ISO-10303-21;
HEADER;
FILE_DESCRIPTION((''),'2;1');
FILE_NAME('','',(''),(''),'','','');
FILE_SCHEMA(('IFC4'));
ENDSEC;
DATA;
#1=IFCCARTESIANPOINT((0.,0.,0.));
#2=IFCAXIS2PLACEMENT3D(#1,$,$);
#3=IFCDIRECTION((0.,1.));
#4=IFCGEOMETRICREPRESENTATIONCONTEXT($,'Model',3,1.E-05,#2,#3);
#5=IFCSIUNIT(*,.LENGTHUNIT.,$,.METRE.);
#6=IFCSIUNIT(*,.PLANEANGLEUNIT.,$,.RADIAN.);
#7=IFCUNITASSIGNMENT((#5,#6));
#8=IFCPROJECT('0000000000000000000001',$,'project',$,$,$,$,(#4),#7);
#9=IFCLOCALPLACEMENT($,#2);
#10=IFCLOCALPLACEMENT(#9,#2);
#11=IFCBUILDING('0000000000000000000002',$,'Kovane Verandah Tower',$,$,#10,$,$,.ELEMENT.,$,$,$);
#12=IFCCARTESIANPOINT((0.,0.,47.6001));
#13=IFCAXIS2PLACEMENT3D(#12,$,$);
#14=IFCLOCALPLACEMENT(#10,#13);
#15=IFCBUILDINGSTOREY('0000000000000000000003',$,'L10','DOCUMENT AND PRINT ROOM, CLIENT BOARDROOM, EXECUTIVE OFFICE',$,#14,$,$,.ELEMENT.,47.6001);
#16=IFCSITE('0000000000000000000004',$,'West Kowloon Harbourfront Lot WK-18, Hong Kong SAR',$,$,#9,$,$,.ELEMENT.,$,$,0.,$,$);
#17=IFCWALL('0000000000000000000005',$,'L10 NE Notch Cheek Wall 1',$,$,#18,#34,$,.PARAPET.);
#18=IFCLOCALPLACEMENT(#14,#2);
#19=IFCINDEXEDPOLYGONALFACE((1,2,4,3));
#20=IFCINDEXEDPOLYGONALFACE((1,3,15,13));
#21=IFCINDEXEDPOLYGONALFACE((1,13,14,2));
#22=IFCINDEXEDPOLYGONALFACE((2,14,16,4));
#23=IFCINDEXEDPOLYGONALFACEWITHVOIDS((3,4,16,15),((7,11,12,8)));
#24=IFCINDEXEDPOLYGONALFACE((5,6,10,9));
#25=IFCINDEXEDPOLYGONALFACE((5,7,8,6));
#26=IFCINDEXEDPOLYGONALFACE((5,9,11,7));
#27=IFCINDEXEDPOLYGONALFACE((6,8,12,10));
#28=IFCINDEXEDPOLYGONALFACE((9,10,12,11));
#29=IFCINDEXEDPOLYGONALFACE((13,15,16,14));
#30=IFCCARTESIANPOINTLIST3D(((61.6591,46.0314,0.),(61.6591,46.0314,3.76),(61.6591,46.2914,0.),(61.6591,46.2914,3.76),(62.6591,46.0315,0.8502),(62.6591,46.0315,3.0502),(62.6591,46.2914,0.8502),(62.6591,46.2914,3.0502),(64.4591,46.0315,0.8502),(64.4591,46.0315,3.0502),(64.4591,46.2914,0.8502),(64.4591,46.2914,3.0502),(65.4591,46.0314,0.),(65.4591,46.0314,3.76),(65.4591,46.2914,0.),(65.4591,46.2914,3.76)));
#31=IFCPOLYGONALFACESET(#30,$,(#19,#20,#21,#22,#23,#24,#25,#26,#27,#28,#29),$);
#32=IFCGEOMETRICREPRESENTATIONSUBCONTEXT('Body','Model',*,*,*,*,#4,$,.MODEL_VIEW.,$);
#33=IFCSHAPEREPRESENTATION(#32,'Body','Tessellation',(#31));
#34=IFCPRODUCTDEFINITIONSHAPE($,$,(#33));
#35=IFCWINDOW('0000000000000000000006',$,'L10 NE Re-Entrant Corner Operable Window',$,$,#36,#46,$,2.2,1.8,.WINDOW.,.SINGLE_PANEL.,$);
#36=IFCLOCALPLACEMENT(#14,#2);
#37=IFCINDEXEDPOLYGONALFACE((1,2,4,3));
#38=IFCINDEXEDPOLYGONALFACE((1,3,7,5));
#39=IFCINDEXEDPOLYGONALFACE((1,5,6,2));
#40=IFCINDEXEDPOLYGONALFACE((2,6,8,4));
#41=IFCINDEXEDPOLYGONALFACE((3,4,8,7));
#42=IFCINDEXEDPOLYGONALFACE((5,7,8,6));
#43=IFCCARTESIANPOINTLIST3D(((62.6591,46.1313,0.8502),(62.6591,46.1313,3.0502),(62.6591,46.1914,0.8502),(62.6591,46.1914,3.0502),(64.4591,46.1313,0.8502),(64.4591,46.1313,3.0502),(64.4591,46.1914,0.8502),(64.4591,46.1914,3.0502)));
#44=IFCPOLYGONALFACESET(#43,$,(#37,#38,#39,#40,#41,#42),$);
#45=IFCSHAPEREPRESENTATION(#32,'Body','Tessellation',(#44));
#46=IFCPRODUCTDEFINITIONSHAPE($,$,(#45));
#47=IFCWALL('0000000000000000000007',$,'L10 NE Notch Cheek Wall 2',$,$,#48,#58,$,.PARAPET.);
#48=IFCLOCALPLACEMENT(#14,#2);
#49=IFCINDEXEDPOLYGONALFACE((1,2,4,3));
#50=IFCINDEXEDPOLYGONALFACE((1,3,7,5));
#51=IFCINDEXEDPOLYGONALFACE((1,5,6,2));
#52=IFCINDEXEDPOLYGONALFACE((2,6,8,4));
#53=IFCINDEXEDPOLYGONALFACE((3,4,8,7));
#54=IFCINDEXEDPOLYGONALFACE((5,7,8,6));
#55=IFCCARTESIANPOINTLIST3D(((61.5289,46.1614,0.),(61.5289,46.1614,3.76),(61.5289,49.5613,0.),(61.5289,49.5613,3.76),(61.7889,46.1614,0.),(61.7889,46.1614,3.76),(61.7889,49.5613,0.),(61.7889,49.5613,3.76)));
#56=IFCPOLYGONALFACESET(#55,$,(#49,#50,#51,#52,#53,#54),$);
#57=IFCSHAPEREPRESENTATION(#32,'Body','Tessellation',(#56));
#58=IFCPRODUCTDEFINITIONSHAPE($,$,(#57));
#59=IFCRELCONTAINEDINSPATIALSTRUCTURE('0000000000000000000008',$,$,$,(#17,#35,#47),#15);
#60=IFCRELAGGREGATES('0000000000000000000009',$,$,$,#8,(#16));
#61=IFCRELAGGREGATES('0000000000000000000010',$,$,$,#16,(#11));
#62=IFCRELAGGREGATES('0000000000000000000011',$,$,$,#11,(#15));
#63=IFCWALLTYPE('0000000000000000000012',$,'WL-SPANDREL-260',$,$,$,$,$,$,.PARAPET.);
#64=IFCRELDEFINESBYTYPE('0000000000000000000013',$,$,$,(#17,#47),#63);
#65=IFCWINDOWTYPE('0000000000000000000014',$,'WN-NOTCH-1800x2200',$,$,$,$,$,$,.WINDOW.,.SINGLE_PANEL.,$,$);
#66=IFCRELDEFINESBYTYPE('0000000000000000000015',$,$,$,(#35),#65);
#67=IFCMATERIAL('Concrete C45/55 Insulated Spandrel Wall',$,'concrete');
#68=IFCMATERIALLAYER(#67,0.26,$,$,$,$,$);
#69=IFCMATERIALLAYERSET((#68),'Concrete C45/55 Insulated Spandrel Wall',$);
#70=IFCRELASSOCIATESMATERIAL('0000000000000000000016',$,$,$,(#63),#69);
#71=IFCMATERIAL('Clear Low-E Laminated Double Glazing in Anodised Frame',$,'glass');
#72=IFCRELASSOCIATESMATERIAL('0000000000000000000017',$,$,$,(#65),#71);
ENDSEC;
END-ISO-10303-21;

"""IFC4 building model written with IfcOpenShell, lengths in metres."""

from ifc_helpers import new_model, si_unit, direction, frame, frame_2d, origin, place, context, subcontext, project, spatial, rectangle, extrude, material, layer, layer_set, type_object, element, fill, save


model = new_model("IFC4")

# Units and contexts
model_context = context("Model", 3, precision=1e-05, world=origin(), true_north=direction((0.0, 1.0)))
body_context = subcontext(model_context, "Body", "Model", "MODEL_VIEW")
ifc_project = project(units=[si_unit("LENGTHUNIT", "METRE"), si_unit("PLANEANGLEUNIT", "RADIAN")], contexts=[model_context])

# Site, building, storey
site_placement = place(None, origin())
site = spatial("IfcSite", under=ifc_project, at=site_placement, Name="West Kowloon Harbourfront Lot WK-18, Hong Kong SAR", CompositionType="ELEMENT", RefElevation=0.0)
building_placement = place(site_placement, origin())
building = spatial("IfcBuilding", under=site, at=building_placement, Name="Kovane Verandah Tower", CompositionType="ELEMENT")
storey_placement = place(building_placement, frame((0.0, 0.0, 47.6001)))
storey = spatial("IfcBuildingStorey", under=building, at=storey_placement, Name="L10", Description="DOCUMENT AND PRINT ROOM, CLIENT BOARDROOM, EXECUTIVE OFFICE", CompositionType="ELEMENT", Elevation=47.6001)

# Shared definitions
ifc_material_1 = material(Name="Concrete C45/55 Insulated Spandrel Wall", Category="concrete")
ifc_layer_1 = layer(ifc_material_1, 0.26)
ifc_layer_set_1 = layer_set([ifc_layer_1], Name="Concrete C45/55 Insulated Spandrel Wall")
wall_type_1 = type_object("IfcWallType", Name="WL-SPANDREL-260", PredefinedType="PARAPET", material=ifc_layer_set_1)
ifc_material_2 = material(Name="Clear Low-E Laminated Double Glazing in Anodised Frame", Category="glass")
window_type = type_object("IfcWindowType", Name="WN-NOTCH-1800x2200", PartitioningType="SINGLE_PANEL", PredefinedType="WINDOW", material=ifc_material_2)

# Wall, opening, window
wall_1_placement = place(storey_placement, frame((65.459, 46.1614, 0.0), z_axis=(0.0, 0.0, 1.0), x_axis=(-1.0, 0.0, 0.0)))
wall_1 = element("IfcWall", 1, at=wall_1_placement, inside=storey, type_object=wall_type_1, Name="L10 NE Notch Cheek Wall 1", PredefinedType="PARAPET", context=body_context, shape_type="SweptSolid", body=[
    extrude(rectangle(XDim=3.8, YDim=0.26, at=frame_2d((1.8999, 0.0))), origin(), (0.0, 0.0, 1.0), 3.76),
])
opening_1_placement = place(wall_1_placement, frame((1.0, 0.0, 0.8501)))
opening_1 = element("IfcOpeningElement", 2, at=opening_1_placement, cuts=wall_1, PredefinedType="OPENING", context=body_context, shape_type="SweptSolid", body=[
    extrude(rectangle(XDim=1.8, YDim=2.2, at=frame_2d((0.8999, 1.1001))), frame((0.0, 0.1299, 0.0), z_axis=(0.0, -1.0, 0.0), x_axis=(1.0, 0.0, 0.0)), (0.0, 0.0, 1.0), 0.26),
])
window_1_placement = place(opening_1_placement, origin())
window_1 = element("IfcWindow", 3, at=window_1_placement, inside=storey, type_object=window_type, Name="L10 NE Re-Entrant Corner Operable Window", OverallHeight=2.2, OverallWidth=1.8, PartitioningType="SINGLE_PANEL", PredefinedType="WINDOW", context=body_context, shape_type="SweptSolid", body=[
    extrude(rectangle(XDim=1.8, YDim=2.2, at=frame_2d((0.8999, 1.1001))), frame((0.0, 0.03, 0.0), z_axis=(0.0, -1.0, 0.0), x_axis=(1.0, 0.0, 0.0)), (0.0, 0.0, 1.0), 0.0601),
])
fill(opening_1, window_1)

# Wall
wall_2_placement = place(storey_placement, frame((61.6589, 46.1614, 0.0), z_axis=(0.0, 0.0, 1.0), x_axis=(0.0, 1.0, 0.0)))
element("IfcWall", 4, at=wall_2_placement, inside=storey, type_object=wall_type_1, Name="L10 NE Notch Cheek Wall 2", PredefinedType="PARAPET", context=body_context, shape_type="SweptSolid", body=[
    extrude(rectangle(XDim=3.3999, YDim=0.26, at=frame_2d((1.7, 0.0))), origin(), (0.0, 0.0, 1.0), 3.76),
])

save(model, "model.ifc")
